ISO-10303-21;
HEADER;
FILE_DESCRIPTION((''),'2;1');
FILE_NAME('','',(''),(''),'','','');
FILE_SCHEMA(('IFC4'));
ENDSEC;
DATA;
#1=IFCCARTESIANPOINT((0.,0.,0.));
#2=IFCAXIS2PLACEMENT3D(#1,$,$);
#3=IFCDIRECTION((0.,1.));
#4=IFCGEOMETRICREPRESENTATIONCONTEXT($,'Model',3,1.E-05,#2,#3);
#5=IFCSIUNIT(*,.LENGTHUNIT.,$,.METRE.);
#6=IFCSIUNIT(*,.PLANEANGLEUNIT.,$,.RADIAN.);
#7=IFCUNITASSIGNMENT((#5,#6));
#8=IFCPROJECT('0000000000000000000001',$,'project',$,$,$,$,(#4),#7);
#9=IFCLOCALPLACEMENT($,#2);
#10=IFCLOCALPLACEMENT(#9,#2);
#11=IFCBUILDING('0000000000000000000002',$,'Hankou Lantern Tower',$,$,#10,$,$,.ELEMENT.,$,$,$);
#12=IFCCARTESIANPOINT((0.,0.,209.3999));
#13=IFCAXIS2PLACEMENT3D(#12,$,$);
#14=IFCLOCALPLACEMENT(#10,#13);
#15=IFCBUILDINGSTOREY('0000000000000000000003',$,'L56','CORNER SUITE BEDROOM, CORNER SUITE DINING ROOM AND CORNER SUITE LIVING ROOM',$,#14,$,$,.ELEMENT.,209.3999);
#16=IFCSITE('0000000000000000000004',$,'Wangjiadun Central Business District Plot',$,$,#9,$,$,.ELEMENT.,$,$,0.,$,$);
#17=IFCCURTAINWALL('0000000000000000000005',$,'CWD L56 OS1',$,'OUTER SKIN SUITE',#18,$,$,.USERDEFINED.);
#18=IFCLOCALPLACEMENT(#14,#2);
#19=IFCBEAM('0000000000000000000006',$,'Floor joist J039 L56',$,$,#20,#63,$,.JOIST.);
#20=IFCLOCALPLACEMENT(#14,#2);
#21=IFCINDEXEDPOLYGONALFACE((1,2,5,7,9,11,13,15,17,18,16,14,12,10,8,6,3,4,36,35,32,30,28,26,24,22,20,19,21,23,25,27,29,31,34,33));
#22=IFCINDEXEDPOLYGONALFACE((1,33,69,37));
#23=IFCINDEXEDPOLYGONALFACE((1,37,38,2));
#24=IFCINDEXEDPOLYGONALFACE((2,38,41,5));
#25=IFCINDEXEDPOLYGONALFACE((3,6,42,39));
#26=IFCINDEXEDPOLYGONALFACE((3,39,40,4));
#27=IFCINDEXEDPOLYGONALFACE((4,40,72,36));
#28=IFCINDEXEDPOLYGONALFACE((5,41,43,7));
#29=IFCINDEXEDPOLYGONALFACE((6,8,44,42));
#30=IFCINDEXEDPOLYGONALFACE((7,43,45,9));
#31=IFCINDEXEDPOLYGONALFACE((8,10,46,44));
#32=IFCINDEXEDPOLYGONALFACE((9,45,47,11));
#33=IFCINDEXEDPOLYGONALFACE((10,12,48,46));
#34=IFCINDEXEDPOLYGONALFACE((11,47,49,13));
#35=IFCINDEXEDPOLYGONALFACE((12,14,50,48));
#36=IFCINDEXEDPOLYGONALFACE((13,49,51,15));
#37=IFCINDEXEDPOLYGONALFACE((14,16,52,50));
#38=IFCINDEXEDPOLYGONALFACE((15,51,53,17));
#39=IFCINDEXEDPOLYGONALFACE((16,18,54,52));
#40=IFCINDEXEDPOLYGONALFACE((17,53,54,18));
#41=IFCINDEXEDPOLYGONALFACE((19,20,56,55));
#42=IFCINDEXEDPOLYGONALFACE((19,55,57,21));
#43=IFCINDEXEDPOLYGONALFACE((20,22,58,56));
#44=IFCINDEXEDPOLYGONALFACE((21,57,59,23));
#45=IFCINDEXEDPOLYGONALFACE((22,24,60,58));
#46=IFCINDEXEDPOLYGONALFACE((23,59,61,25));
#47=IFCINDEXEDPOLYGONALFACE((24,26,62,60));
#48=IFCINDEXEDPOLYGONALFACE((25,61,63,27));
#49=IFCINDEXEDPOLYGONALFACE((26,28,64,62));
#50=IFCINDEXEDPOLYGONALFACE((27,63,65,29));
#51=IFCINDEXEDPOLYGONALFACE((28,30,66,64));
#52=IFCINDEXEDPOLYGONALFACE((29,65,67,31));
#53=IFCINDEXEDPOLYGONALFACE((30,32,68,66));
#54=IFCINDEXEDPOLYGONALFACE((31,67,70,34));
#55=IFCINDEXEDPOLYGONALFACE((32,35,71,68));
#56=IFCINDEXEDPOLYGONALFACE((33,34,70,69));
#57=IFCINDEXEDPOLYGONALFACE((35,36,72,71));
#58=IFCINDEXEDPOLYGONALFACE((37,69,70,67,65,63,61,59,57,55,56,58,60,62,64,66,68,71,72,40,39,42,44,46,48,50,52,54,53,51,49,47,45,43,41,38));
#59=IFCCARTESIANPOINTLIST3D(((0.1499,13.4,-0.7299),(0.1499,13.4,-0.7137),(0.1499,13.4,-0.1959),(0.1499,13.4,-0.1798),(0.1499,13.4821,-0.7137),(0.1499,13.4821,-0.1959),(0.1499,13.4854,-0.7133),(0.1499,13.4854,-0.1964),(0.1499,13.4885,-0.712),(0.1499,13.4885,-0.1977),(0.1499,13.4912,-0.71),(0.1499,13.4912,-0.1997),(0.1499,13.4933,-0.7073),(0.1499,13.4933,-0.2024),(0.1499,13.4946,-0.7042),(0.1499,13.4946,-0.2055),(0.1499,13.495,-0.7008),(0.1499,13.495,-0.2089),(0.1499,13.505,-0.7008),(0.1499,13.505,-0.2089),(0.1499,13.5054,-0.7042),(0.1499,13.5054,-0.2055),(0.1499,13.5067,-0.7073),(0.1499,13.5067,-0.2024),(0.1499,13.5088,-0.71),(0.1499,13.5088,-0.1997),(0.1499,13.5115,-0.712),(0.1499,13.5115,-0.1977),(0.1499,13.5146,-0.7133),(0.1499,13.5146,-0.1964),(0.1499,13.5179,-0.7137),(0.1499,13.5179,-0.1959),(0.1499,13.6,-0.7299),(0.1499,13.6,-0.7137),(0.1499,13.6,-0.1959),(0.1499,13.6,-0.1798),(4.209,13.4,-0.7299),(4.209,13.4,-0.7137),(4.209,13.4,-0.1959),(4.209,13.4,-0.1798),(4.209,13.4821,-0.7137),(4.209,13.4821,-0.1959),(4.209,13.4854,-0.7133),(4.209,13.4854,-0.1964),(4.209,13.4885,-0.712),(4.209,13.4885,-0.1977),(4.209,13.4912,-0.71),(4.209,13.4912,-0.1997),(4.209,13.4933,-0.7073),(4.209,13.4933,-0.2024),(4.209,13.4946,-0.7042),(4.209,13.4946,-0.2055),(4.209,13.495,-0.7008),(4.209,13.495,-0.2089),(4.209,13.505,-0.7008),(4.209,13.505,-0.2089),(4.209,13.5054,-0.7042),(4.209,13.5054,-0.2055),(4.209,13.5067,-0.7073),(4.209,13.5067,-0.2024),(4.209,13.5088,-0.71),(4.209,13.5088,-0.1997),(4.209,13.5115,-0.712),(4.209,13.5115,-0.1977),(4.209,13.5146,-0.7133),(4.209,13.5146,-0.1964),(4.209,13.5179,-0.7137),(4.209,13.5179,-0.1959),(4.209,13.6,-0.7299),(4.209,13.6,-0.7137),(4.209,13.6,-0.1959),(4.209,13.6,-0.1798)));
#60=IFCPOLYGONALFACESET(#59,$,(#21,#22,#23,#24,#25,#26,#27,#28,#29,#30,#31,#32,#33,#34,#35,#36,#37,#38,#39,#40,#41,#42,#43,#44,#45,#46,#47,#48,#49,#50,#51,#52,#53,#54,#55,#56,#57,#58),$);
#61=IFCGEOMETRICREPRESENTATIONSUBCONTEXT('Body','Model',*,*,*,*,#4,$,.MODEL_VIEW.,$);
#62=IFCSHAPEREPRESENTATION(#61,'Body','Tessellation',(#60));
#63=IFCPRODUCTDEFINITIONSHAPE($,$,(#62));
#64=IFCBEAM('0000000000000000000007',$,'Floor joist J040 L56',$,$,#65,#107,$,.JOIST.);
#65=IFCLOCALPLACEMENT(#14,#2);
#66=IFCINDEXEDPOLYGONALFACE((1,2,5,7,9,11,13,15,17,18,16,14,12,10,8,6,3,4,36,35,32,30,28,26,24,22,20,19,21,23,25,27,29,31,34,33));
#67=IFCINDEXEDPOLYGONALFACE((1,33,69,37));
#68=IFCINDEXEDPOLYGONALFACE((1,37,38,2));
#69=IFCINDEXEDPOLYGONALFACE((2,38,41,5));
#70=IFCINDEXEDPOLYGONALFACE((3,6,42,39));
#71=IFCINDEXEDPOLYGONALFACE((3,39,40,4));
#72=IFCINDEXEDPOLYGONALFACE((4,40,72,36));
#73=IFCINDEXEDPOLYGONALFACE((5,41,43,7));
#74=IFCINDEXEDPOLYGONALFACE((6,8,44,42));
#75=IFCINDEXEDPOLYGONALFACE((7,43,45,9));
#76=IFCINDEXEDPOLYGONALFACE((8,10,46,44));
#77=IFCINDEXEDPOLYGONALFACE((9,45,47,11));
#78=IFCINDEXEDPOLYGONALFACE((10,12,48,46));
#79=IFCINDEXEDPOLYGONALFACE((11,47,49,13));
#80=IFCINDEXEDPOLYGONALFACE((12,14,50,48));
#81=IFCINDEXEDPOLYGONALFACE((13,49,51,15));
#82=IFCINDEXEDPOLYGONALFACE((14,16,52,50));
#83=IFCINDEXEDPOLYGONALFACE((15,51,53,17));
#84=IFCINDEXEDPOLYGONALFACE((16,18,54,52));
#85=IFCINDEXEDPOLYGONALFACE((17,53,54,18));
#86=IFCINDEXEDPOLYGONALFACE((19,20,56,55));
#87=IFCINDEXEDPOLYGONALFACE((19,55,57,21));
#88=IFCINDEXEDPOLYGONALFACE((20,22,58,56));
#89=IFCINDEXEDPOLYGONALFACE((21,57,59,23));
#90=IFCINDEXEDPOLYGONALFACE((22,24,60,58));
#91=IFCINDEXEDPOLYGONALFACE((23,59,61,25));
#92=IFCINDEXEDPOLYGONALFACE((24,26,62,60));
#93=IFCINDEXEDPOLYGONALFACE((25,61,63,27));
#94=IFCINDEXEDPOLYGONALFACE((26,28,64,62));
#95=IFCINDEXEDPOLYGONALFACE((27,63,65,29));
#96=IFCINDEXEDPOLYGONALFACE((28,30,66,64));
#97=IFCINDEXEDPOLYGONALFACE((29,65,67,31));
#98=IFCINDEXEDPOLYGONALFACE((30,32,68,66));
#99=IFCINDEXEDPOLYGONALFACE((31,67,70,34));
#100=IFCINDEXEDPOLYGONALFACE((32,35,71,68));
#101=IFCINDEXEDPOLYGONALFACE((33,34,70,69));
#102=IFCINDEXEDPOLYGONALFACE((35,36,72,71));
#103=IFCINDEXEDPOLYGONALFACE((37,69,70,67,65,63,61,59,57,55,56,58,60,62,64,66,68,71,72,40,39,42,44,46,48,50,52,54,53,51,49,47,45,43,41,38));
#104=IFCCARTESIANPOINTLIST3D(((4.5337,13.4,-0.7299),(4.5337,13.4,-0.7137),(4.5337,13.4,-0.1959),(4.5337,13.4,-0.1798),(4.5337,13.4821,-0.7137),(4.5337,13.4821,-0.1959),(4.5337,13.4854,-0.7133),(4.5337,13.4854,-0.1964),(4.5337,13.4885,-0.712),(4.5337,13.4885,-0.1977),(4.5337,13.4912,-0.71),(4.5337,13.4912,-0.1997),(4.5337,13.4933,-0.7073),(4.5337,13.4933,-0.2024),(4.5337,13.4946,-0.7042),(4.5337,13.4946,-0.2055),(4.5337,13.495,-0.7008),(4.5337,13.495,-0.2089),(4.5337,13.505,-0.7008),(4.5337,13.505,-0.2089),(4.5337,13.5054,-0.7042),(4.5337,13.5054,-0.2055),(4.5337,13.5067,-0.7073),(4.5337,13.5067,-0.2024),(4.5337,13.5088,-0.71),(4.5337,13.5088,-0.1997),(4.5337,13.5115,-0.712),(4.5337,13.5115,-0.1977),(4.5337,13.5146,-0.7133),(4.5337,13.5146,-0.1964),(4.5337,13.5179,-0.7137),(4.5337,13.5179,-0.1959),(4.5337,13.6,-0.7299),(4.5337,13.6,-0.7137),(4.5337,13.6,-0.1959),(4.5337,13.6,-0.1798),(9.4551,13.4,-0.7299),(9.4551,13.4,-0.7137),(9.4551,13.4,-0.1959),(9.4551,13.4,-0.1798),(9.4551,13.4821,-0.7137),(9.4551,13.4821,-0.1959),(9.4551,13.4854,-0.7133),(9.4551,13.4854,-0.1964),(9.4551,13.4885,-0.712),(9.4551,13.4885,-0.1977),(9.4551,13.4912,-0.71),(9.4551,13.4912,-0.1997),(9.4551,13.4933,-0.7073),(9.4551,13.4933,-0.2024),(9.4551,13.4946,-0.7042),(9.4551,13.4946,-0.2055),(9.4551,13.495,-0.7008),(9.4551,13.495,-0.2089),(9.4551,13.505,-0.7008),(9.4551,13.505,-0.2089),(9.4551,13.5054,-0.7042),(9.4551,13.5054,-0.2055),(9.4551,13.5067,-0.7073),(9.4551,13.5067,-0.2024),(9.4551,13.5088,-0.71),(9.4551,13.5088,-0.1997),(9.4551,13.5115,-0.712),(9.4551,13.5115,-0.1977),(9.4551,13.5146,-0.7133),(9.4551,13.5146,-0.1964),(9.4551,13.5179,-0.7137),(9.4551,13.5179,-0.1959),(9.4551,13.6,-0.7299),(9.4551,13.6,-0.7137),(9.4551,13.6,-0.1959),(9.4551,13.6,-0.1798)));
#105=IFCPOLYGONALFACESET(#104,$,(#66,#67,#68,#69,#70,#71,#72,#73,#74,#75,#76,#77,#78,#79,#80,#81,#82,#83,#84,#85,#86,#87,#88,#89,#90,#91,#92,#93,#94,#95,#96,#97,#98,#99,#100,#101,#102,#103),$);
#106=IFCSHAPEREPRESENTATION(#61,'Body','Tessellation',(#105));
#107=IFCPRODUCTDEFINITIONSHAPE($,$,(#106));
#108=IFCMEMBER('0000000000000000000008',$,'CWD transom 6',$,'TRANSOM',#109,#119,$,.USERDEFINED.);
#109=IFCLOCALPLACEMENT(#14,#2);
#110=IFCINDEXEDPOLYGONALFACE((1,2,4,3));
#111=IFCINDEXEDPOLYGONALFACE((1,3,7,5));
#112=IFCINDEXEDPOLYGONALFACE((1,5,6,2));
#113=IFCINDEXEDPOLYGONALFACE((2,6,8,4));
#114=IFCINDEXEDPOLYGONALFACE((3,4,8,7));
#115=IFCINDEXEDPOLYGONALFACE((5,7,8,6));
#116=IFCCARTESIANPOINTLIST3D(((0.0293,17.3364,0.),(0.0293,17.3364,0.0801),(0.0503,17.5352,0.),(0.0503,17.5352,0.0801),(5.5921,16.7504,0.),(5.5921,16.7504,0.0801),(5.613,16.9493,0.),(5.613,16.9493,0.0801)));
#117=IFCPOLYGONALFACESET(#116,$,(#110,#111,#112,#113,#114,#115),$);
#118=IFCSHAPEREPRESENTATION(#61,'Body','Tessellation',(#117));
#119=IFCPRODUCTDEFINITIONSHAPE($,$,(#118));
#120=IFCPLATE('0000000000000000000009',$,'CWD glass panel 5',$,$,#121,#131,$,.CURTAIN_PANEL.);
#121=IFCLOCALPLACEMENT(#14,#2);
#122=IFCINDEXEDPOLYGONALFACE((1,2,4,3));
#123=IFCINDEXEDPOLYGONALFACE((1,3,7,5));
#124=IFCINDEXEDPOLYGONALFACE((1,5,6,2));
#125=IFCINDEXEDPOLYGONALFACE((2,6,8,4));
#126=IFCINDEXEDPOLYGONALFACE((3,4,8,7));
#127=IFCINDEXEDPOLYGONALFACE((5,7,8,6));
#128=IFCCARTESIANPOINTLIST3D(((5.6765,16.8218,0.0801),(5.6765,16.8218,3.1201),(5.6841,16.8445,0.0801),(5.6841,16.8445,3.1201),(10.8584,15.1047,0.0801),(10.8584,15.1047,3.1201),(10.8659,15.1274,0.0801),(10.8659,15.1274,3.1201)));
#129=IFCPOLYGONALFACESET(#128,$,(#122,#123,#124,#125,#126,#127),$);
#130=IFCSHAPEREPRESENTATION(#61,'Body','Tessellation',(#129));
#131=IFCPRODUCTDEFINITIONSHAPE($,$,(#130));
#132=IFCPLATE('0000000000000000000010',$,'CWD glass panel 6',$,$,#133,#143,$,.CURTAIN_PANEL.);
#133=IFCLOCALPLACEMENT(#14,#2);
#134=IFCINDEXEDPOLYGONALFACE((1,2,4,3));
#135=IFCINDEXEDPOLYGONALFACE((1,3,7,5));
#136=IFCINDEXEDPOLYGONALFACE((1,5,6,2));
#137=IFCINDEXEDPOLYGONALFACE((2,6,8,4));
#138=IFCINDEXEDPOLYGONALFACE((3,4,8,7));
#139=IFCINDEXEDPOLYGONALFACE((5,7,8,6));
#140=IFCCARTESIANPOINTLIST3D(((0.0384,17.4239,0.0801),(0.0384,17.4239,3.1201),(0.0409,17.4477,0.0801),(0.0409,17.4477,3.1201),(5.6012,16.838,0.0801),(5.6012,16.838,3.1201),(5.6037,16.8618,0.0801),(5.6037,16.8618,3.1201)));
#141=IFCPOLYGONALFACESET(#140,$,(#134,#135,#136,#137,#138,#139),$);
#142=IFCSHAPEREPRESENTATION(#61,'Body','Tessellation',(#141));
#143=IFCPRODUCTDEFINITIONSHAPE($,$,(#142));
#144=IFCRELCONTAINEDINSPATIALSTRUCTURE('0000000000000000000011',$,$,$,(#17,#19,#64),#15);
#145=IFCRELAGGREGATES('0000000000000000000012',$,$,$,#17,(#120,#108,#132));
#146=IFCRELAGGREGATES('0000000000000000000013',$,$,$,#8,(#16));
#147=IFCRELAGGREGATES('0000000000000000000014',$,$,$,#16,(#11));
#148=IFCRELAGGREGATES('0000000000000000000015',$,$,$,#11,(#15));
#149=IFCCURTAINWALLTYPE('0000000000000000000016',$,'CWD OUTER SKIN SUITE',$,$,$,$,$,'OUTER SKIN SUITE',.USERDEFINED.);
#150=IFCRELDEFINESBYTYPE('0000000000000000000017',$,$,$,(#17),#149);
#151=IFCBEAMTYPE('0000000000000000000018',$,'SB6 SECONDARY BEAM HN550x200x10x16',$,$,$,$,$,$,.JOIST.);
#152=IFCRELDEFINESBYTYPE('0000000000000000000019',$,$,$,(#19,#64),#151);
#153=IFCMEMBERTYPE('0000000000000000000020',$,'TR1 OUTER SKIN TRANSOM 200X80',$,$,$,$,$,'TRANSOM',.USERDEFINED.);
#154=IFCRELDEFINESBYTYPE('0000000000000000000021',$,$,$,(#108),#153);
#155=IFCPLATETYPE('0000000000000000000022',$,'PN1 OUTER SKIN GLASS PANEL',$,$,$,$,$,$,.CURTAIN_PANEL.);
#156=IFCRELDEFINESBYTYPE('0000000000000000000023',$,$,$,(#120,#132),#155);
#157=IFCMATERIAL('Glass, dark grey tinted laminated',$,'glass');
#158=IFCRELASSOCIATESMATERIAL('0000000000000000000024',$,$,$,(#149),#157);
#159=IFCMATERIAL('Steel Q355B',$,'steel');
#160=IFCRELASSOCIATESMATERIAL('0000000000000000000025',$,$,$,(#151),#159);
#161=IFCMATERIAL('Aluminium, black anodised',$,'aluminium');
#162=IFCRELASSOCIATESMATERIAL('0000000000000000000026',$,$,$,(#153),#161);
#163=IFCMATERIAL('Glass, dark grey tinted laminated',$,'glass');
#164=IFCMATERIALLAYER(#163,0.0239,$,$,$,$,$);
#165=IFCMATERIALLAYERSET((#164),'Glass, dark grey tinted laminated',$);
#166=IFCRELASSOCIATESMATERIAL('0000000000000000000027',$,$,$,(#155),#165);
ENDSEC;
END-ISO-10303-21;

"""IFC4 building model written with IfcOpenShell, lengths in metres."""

from ifc_helpers import new_model, si_unit, direction, frame, origin, origin_2d, place, context, subcontext, project, spatial, rectangle, i_section, extrude, material, layer, layer_set, material_profile, profile_set, type_object, element, aggregate, save


model = new_model("IFC4")

# Units and contexts
model_context = context("Model", 3, precision=1e-05, world=origin(), true_north=direction((0.0, 1.0)))
body_context = subcontext(model_context, "Body", "Model", "MODEL_VIEW")
ifc_project = project(units=[si_unit("LENGTHUNIT", "METRE"), si_unit("PLANEANGLEUNIT", "RADIAN")], contexts=[model_context])

# Site, building, storey
site_placement = place(None, origin())
site = spatial("IfcSite", under=ifc_project, at=site_placement, Name="Wangjiadun Central Business District Plot", CompositionType="ELEMENT", RefElevation=0.0)
building_placement = place(site_placement, origin())
building = spatial("IfcBuilding", under=site, at=building_placement, Name="Hankou Lantern Tower", CompositionType="ELEMENT")
storey_placement = place(building_placement, frame((0.0, 0.0, 209.3999)))
storey = spatial("IfcBuildingStorey", under=building, at=storey_placement, Name="L56", Description="CORNER SUITE BEDROOM, CORNER SUITE DINING ROOM AND CORNER SUITE LIVING ROOM", CompositionType="ELEMENT", Elevation=209.3999)

# Curtain wall
ifc_material_1 = material(Name="Glass, dark grey tinted laminated", Category="glass")
curtain_wall_type = type_object("IfcCurtainWallType", Name="CWD OUTER SKIN SUITE", ElementType="OUTER SKIN SUITE", PredefinedType="USERDEFINED", material=ifc_material_1)
curtain_wall_1_placement = place(storey_placement, origin())
curtain_wall_1 = element("IfcCurtainWall", 1, at=curtain_wall_1_placement, inside=storey, type_object=curtain_wall_type, Name="CWD L56 OS1", ObjectType="OUTER SKIN SUITE", PredefinedType="USERDEFINED")

# Beams
ifc_material_2 = material(Name="Steel Q355B", Category="steel")
ifc_material_profile_1 = material_profile(ifc_material_2, i_section(OverallWidth=0.2, OverallDepth=0.55, WebThickness=0.01, FlangeThickness=0.0161, FilletRadius=0.0129, at=origin_2d()), Name="HN550x200x10x16")
ifc_profile_set_1 = profile_set([ifc_material_profile_1], Name="Steel Q355B")
beam_type_1 = type_object("IfcBeamType", Name="SB6 SECONDARY BEAM HN550x200x10x16", PredefinedType="JOIST", material=ifc_profile_set_1)
beam_1_placement = place(storey_placement, frame((0.1499, 13.5, -0.4548), z_axis=(1.0, 0.0, 0.0), x_axis=(0.0, 1.0, 0.0)))
element("IfcBeam", 2, at=beam_1_placement, inside=storey, type_object=beam_type_1, Name="Floor joist J039 L56", PredefinedType="JOIST", context=body_context, shape_type="SweptSolid", body=[
    extrude(i_section(OverallWidth=0.2, OverallDepth=0.55, WebThickness=0.01, FlangeThickness=0.0161, FilletRadius=0.0129, at=origin_2d()), origin(), (0.0, 0.0, 1.0), 4.0591),
])
beam_2_placement = place(storey_placement, frame((4.5337, 13.5, -0.4548), z_axis=(1.0, 0.0, 0.0), x_axis=(0.0, 1.0, 0.0)))
element("IfcBeam", 3, at=beam_2_placement, inside=storey, type_object=beam_type_1, Name="Floor joist J040 L56", PredefinedType="JOIST", context=body_context, shape_type="SweptSolid", body=[
    extrude(i_section(OverallWidth=0.2, OverallDepth=0.55, WebThickness=0.01, FlangeThickness=0.0161, FilletRadius=0.0129, at=origin_2d()), origin(), (0.0, 0.0, 1.0), 4.9214),
])

# Member
ifc_material_3 = material(Name="Aluminium, black anodised", Category="aluminium")
ifc_material_profile_2 = material_profile(ifc_material_3, rectangle(XDim=0.2, YDim=0.0801, at=origin_2d()), Name="TR1 200X80")
ifc_profile_set_2 = profile_set([ifc_material_profile_2], Name="Aluminium, black anodised")
member_type_1 = type_object("IfcMemberType", Name="TR1 OUTER SKIN TRANSOM 200X80", ElementType="TRANSOM", PredefinedType="USERDEFINED", material=ifc_profile_set_2)
member_1_placement = place(storey_placement, frame((5.6025, 16.8499, 0.04), z_axis=(-0.994498, 0.104753, 0.0), x_axis=(-0.104753, -0.994498, 0.0)))
member_1 = element("IfcMember", 4, at=member_1_placement, type_object=member_type_1, Name="CWD transom 6", ObjectType="TRANSOM", PredefinedType="USERDEFINED", context=body_context, shape_type="SweptSolid", body=[
    extrude(rectangle(XDim=0.2, YDim=0.0801, at=origin_2d()), origin(), (0.0, 0.0, 1.0), 5.5935),
])

# Plates
ifc_material_4 = material(Name="Glass, dark grey tinted laminated", Category="glass")
ifc_layer_1 = layer(ifc_material_4, 0.0239)
ifc_layer_set_1 = layer_set([ifc_layer_1], Name="Glass, dark grey tinted laminated")
plate_type = type_object("IfcPlateType", Name="PN1 OUTER SKIN GLASS PANEL", PredefinedType="CURTAIN_PANEL", material=ifc_layer_set_1)
plate_1_placement = place(storey_placement, frame((8.2712, 15.9746, 0.0801), z_axis=(0.0, 0.0, 1.0), x_axis=(-0.949241, 0.314551, 0.0)))
plate_1 = element("IfcPlate", 5, at=plate_1_placement, type_object=plate_type, Name="CWD glass panel 5", PredefinedType="CURTAIN_PANEL", context=body_context, shape_type="SweptSolid", body=[
    extrude(rectangle(XDim=5.459, YDim=0.0239, at=origin_2d()), origin(), (0.0, 0.0, 1.0), 3.04),
])
plate_2_placement = place(storey_placement, frame((2.821, 17.1428, 0.0801), z_axis=(0.0, 0.0, 1.0), x_axis=(-0.994499, 0.104743, 0.0)))
plate_2 = element("IfcPlate", 6, at=plate_2_placement, type_object=plate_type, Name="CWD glass panel 6", PredefinedType="CURTAIN_PANEL", context=body_context, shape_type="SweptSolid", body=[
    extrude(rectangle(XDim=5.5935, YDim=0.0239, at=origin_2d()), origin(), (0.0, 0.0, 1.0), 3.04),
])
aggregate(curtain_wall_1, [plate_1, member_1, plate_2])

save(model, "model.ifc")
